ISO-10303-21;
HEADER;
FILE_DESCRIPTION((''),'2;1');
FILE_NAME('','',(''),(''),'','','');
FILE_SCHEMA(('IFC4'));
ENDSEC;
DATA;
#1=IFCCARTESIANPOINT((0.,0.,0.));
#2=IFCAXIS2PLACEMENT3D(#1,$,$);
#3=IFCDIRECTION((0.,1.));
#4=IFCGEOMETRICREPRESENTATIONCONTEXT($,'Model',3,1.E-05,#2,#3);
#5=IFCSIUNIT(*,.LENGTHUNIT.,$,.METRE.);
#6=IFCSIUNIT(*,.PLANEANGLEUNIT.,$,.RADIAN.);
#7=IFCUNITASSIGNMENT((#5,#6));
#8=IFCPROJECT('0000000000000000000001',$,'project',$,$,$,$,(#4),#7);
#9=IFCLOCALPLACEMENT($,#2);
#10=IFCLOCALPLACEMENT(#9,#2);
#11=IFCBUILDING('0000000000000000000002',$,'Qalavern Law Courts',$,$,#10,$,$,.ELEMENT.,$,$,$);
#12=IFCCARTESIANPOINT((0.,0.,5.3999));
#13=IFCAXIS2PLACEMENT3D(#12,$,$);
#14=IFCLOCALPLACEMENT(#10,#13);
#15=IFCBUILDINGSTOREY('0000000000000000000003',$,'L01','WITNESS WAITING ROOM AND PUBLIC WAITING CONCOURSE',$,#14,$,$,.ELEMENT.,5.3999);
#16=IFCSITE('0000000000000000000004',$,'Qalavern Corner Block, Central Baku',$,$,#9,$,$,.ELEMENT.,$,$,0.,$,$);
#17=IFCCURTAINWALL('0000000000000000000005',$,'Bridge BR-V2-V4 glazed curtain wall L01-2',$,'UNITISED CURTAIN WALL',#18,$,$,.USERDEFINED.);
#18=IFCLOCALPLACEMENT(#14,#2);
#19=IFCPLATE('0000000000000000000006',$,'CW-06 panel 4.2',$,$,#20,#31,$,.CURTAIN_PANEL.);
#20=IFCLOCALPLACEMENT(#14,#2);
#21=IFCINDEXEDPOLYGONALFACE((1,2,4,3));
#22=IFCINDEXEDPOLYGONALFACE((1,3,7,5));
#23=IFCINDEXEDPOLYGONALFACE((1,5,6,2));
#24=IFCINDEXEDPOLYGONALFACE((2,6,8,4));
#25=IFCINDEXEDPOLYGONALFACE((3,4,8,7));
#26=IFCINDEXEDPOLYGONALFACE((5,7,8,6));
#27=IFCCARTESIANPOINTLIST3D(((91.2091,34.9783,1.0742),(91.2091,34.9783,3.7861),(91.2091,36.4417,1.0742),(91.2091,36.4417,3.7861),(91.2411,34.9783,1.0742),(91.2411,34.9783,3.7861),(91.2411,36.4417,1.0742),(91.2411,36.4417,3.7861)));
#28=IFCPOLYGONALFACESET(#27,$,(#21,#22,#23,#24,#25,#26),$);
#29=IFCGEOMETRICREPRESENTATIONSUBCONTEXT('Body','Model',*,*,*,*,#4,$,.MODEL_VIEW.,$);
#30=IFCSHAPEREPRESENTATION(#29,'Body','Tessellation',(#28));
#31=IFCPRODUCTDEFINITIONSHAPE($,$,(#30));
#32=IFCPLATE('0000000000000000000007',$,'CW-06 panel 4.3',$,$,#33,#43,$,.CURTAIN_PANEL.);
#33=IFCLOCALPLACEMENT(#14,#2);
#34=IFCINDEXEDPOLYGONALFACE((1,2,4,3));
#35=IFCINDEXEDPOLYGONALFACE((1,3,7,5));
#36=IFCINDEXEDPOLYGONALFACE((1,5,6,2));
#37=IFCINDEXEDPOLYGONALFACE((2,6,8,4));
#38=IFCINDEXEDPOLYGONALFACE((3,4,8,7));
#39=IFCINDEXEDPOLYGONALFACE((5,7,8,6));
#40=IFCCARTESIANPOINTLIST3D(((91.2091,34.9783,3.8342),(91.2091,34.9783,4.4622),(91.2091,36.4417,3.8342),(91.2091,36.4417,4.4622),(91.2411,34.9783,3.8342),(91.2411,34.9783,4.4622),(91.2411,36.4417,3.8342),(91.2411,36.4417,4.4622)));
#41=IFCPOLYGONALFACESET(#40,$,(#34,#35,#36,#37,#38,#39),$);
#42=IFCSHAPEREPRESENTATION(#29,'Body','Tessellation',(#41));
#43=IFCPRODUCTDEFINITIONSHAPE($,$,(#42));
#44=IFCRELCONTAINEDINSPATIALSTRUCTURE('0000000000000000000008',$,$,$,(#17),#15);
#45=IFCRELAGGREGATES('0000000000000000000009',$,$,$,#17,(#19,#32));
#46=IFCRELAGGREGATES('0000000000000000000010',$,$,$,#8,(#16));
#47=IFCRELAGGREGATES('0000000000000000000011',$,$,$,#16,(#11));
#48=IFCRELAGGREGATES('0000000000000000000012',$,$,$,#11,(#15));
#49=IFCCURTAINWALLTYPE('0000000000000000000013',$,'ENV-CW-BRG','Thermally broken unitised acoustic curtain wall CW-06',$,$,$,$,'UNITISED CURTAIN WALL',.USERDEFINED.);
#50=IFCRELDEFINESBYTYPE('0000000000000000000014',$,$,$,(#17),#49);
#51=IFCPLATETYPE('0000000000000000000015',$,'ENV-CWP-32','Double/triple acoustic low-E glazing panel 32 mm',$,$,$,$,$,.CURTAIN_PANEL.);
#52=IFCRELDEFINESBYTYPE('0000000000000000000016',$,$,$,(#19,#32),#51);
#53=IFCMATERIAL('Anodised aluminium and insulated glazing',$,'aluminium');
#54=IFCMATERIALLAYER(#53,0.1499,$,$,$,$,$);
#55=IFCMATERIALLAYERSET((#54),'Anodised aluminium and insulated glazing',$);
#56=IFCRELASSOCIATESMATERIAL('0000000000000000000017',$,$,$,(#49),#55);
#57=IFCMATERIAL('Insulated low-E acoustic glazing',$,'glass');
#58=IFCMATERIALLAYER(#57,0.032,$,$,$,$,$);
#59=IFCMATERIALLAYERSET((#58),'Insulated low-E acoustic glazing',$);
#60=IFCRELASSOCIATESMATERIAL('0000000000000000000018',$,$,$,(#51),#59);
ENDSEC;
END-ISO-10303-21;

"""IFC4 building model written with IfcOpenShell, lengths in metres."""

from ifc_helpers import new_model, si_unit, direction, frame, origin, origin_2d, place, context, subcontext, project, spatial, rectangle, extrude, material, layer, layer_set, type_object, element, aggregate, save


model = new_model("IFC4")

# Units and contexts
model_context = context("Model", 3, precision=1e-05, world=origin(), true_north=direction((0.0, 1.0)))
body_context = subcontext(model_context, "Body", "Model", "MODEL_VIEW")
ifc_project = project(units=[si_unit("LENGTHUNIT", "METRE"), si_unit("PLANEANGLEUNIT", "RADIAN")], contexts=[model_context])

# Site, building, storey
site_placement = place(None, origin())
site = spatial("IfcSite", under=ifc_project, at=site_placement, Name="Qalavern Corner Block, Central Baku", CompositionType="ELEMENT", RefElevation=0.0)
building_placement = place(site_placement, origin())
building = spatial("IfcBuilding", under=site, at=building_placement, Name="Qalavern Law Courts", CompositionType="ELEMENT")
storey_placement = place(building_placement, frame((0.0, 0.0, 5.3999)))
storey = spatial("IfcBuildingStorey", under=building, at=storey_placement, Name="L01", Description="WITNESS WAITING ROOM AND PUBLIC WAITING CONCOURSE", CompositionType="ELEMENT", Elevation=5.3999)

# Shared definitions
ifc_material_1 = material(Name="Anodised aluminium and insulated glazing", Category="aluminium")
ifc_layer_1 = layer(ifc_material_1, 0.1499)
ifc_layer_set_1 = layer_set([ifc_layer_1], Name="Anodised aluminium and insulated glazing")
curtain_wall_type = type_object("IfcCurtainWallType", Name="ENV-CW-BRG", Description="Thermally broken unitised acoustic curtain wall CW-06", ElementType="UNITISED CURTAIN WALL", PredefinedType="USERDEFINED", material=ifc_layer_set_1)

# Curtain wall
curtain_wall_1_placement = place(storey_placement, origin())
curtain_wall_1 = element("IfcCurtainWall", 1, at=curtain_wall_1_placement, inside=storey, type_object=curtain_wall_type, Name="Bridge BR-V2-V4 glazed curtain wall L01-2", ObjectType="UNITISED CURTAIN WALL", PredefinedType="USERDEFINED")

# Plates
ifc_material_2 = material(Name="Insulated low-E acoustic glazing", Category="glass")
ifc_layer_2 = layer(ifc_material_2, 0.032)
ifc_layer_set_2 = layer_set([ifc_layer_2], Name="Insulated low-E acoustic glazing")
plate_type = type_object("IfcPlateType", Name="ENV-CWP-32", Description="Double/triple acoustic low-E glazing panel 32 mm", PredefinedType="CURTAIN_PANEL", material=ifc_layer_set_2)
plate_1_placement = place(storey_placement, frame((91.2251, 35.71, 1.0742), z_axis=(0.0, 0.0, 1.0), x_axis=(0.0, 1.0, 0.0)))
plate_1 = element("IfcPlate", 2, at=plate_1_placement, type_object=plate_type, Name="CW-06 panel 4.2", PredefinedType="CURTAIN_PANEL", context=body_context, shape_type="SweptSolid", body=[
    extrude(rectangle(XDim=1.4634, YDim=0.032, at=origin_2d()), origin(), (0.0, 0.0, 1.0), 2.7119),
])
plate_2_placement = place(storey_placement, frame((91.2251, 35.71, 3.8342), z_axis=(0.0, 0.0, 1.0), x_axis=(0.0, 1.0, 0.0)))
plate_2 = element("IfcPlate", 3, at=plate_2_placement, type_object=plate_type, Name="CW-06 panel 4.3", PredefinedType="CURTAIN_PANEL", context=body_context, shape_type="SweptSolid", body=[
    extrude(rectangle(XDim=1.4634, YDim=0.032, at=origin_2d()), origin(), (0.0, 0.0, 1.0), 0.6279),
])
aggregate(curtain_wall_1, [plate_1, plate_2])

save(model, "model.ifc")
